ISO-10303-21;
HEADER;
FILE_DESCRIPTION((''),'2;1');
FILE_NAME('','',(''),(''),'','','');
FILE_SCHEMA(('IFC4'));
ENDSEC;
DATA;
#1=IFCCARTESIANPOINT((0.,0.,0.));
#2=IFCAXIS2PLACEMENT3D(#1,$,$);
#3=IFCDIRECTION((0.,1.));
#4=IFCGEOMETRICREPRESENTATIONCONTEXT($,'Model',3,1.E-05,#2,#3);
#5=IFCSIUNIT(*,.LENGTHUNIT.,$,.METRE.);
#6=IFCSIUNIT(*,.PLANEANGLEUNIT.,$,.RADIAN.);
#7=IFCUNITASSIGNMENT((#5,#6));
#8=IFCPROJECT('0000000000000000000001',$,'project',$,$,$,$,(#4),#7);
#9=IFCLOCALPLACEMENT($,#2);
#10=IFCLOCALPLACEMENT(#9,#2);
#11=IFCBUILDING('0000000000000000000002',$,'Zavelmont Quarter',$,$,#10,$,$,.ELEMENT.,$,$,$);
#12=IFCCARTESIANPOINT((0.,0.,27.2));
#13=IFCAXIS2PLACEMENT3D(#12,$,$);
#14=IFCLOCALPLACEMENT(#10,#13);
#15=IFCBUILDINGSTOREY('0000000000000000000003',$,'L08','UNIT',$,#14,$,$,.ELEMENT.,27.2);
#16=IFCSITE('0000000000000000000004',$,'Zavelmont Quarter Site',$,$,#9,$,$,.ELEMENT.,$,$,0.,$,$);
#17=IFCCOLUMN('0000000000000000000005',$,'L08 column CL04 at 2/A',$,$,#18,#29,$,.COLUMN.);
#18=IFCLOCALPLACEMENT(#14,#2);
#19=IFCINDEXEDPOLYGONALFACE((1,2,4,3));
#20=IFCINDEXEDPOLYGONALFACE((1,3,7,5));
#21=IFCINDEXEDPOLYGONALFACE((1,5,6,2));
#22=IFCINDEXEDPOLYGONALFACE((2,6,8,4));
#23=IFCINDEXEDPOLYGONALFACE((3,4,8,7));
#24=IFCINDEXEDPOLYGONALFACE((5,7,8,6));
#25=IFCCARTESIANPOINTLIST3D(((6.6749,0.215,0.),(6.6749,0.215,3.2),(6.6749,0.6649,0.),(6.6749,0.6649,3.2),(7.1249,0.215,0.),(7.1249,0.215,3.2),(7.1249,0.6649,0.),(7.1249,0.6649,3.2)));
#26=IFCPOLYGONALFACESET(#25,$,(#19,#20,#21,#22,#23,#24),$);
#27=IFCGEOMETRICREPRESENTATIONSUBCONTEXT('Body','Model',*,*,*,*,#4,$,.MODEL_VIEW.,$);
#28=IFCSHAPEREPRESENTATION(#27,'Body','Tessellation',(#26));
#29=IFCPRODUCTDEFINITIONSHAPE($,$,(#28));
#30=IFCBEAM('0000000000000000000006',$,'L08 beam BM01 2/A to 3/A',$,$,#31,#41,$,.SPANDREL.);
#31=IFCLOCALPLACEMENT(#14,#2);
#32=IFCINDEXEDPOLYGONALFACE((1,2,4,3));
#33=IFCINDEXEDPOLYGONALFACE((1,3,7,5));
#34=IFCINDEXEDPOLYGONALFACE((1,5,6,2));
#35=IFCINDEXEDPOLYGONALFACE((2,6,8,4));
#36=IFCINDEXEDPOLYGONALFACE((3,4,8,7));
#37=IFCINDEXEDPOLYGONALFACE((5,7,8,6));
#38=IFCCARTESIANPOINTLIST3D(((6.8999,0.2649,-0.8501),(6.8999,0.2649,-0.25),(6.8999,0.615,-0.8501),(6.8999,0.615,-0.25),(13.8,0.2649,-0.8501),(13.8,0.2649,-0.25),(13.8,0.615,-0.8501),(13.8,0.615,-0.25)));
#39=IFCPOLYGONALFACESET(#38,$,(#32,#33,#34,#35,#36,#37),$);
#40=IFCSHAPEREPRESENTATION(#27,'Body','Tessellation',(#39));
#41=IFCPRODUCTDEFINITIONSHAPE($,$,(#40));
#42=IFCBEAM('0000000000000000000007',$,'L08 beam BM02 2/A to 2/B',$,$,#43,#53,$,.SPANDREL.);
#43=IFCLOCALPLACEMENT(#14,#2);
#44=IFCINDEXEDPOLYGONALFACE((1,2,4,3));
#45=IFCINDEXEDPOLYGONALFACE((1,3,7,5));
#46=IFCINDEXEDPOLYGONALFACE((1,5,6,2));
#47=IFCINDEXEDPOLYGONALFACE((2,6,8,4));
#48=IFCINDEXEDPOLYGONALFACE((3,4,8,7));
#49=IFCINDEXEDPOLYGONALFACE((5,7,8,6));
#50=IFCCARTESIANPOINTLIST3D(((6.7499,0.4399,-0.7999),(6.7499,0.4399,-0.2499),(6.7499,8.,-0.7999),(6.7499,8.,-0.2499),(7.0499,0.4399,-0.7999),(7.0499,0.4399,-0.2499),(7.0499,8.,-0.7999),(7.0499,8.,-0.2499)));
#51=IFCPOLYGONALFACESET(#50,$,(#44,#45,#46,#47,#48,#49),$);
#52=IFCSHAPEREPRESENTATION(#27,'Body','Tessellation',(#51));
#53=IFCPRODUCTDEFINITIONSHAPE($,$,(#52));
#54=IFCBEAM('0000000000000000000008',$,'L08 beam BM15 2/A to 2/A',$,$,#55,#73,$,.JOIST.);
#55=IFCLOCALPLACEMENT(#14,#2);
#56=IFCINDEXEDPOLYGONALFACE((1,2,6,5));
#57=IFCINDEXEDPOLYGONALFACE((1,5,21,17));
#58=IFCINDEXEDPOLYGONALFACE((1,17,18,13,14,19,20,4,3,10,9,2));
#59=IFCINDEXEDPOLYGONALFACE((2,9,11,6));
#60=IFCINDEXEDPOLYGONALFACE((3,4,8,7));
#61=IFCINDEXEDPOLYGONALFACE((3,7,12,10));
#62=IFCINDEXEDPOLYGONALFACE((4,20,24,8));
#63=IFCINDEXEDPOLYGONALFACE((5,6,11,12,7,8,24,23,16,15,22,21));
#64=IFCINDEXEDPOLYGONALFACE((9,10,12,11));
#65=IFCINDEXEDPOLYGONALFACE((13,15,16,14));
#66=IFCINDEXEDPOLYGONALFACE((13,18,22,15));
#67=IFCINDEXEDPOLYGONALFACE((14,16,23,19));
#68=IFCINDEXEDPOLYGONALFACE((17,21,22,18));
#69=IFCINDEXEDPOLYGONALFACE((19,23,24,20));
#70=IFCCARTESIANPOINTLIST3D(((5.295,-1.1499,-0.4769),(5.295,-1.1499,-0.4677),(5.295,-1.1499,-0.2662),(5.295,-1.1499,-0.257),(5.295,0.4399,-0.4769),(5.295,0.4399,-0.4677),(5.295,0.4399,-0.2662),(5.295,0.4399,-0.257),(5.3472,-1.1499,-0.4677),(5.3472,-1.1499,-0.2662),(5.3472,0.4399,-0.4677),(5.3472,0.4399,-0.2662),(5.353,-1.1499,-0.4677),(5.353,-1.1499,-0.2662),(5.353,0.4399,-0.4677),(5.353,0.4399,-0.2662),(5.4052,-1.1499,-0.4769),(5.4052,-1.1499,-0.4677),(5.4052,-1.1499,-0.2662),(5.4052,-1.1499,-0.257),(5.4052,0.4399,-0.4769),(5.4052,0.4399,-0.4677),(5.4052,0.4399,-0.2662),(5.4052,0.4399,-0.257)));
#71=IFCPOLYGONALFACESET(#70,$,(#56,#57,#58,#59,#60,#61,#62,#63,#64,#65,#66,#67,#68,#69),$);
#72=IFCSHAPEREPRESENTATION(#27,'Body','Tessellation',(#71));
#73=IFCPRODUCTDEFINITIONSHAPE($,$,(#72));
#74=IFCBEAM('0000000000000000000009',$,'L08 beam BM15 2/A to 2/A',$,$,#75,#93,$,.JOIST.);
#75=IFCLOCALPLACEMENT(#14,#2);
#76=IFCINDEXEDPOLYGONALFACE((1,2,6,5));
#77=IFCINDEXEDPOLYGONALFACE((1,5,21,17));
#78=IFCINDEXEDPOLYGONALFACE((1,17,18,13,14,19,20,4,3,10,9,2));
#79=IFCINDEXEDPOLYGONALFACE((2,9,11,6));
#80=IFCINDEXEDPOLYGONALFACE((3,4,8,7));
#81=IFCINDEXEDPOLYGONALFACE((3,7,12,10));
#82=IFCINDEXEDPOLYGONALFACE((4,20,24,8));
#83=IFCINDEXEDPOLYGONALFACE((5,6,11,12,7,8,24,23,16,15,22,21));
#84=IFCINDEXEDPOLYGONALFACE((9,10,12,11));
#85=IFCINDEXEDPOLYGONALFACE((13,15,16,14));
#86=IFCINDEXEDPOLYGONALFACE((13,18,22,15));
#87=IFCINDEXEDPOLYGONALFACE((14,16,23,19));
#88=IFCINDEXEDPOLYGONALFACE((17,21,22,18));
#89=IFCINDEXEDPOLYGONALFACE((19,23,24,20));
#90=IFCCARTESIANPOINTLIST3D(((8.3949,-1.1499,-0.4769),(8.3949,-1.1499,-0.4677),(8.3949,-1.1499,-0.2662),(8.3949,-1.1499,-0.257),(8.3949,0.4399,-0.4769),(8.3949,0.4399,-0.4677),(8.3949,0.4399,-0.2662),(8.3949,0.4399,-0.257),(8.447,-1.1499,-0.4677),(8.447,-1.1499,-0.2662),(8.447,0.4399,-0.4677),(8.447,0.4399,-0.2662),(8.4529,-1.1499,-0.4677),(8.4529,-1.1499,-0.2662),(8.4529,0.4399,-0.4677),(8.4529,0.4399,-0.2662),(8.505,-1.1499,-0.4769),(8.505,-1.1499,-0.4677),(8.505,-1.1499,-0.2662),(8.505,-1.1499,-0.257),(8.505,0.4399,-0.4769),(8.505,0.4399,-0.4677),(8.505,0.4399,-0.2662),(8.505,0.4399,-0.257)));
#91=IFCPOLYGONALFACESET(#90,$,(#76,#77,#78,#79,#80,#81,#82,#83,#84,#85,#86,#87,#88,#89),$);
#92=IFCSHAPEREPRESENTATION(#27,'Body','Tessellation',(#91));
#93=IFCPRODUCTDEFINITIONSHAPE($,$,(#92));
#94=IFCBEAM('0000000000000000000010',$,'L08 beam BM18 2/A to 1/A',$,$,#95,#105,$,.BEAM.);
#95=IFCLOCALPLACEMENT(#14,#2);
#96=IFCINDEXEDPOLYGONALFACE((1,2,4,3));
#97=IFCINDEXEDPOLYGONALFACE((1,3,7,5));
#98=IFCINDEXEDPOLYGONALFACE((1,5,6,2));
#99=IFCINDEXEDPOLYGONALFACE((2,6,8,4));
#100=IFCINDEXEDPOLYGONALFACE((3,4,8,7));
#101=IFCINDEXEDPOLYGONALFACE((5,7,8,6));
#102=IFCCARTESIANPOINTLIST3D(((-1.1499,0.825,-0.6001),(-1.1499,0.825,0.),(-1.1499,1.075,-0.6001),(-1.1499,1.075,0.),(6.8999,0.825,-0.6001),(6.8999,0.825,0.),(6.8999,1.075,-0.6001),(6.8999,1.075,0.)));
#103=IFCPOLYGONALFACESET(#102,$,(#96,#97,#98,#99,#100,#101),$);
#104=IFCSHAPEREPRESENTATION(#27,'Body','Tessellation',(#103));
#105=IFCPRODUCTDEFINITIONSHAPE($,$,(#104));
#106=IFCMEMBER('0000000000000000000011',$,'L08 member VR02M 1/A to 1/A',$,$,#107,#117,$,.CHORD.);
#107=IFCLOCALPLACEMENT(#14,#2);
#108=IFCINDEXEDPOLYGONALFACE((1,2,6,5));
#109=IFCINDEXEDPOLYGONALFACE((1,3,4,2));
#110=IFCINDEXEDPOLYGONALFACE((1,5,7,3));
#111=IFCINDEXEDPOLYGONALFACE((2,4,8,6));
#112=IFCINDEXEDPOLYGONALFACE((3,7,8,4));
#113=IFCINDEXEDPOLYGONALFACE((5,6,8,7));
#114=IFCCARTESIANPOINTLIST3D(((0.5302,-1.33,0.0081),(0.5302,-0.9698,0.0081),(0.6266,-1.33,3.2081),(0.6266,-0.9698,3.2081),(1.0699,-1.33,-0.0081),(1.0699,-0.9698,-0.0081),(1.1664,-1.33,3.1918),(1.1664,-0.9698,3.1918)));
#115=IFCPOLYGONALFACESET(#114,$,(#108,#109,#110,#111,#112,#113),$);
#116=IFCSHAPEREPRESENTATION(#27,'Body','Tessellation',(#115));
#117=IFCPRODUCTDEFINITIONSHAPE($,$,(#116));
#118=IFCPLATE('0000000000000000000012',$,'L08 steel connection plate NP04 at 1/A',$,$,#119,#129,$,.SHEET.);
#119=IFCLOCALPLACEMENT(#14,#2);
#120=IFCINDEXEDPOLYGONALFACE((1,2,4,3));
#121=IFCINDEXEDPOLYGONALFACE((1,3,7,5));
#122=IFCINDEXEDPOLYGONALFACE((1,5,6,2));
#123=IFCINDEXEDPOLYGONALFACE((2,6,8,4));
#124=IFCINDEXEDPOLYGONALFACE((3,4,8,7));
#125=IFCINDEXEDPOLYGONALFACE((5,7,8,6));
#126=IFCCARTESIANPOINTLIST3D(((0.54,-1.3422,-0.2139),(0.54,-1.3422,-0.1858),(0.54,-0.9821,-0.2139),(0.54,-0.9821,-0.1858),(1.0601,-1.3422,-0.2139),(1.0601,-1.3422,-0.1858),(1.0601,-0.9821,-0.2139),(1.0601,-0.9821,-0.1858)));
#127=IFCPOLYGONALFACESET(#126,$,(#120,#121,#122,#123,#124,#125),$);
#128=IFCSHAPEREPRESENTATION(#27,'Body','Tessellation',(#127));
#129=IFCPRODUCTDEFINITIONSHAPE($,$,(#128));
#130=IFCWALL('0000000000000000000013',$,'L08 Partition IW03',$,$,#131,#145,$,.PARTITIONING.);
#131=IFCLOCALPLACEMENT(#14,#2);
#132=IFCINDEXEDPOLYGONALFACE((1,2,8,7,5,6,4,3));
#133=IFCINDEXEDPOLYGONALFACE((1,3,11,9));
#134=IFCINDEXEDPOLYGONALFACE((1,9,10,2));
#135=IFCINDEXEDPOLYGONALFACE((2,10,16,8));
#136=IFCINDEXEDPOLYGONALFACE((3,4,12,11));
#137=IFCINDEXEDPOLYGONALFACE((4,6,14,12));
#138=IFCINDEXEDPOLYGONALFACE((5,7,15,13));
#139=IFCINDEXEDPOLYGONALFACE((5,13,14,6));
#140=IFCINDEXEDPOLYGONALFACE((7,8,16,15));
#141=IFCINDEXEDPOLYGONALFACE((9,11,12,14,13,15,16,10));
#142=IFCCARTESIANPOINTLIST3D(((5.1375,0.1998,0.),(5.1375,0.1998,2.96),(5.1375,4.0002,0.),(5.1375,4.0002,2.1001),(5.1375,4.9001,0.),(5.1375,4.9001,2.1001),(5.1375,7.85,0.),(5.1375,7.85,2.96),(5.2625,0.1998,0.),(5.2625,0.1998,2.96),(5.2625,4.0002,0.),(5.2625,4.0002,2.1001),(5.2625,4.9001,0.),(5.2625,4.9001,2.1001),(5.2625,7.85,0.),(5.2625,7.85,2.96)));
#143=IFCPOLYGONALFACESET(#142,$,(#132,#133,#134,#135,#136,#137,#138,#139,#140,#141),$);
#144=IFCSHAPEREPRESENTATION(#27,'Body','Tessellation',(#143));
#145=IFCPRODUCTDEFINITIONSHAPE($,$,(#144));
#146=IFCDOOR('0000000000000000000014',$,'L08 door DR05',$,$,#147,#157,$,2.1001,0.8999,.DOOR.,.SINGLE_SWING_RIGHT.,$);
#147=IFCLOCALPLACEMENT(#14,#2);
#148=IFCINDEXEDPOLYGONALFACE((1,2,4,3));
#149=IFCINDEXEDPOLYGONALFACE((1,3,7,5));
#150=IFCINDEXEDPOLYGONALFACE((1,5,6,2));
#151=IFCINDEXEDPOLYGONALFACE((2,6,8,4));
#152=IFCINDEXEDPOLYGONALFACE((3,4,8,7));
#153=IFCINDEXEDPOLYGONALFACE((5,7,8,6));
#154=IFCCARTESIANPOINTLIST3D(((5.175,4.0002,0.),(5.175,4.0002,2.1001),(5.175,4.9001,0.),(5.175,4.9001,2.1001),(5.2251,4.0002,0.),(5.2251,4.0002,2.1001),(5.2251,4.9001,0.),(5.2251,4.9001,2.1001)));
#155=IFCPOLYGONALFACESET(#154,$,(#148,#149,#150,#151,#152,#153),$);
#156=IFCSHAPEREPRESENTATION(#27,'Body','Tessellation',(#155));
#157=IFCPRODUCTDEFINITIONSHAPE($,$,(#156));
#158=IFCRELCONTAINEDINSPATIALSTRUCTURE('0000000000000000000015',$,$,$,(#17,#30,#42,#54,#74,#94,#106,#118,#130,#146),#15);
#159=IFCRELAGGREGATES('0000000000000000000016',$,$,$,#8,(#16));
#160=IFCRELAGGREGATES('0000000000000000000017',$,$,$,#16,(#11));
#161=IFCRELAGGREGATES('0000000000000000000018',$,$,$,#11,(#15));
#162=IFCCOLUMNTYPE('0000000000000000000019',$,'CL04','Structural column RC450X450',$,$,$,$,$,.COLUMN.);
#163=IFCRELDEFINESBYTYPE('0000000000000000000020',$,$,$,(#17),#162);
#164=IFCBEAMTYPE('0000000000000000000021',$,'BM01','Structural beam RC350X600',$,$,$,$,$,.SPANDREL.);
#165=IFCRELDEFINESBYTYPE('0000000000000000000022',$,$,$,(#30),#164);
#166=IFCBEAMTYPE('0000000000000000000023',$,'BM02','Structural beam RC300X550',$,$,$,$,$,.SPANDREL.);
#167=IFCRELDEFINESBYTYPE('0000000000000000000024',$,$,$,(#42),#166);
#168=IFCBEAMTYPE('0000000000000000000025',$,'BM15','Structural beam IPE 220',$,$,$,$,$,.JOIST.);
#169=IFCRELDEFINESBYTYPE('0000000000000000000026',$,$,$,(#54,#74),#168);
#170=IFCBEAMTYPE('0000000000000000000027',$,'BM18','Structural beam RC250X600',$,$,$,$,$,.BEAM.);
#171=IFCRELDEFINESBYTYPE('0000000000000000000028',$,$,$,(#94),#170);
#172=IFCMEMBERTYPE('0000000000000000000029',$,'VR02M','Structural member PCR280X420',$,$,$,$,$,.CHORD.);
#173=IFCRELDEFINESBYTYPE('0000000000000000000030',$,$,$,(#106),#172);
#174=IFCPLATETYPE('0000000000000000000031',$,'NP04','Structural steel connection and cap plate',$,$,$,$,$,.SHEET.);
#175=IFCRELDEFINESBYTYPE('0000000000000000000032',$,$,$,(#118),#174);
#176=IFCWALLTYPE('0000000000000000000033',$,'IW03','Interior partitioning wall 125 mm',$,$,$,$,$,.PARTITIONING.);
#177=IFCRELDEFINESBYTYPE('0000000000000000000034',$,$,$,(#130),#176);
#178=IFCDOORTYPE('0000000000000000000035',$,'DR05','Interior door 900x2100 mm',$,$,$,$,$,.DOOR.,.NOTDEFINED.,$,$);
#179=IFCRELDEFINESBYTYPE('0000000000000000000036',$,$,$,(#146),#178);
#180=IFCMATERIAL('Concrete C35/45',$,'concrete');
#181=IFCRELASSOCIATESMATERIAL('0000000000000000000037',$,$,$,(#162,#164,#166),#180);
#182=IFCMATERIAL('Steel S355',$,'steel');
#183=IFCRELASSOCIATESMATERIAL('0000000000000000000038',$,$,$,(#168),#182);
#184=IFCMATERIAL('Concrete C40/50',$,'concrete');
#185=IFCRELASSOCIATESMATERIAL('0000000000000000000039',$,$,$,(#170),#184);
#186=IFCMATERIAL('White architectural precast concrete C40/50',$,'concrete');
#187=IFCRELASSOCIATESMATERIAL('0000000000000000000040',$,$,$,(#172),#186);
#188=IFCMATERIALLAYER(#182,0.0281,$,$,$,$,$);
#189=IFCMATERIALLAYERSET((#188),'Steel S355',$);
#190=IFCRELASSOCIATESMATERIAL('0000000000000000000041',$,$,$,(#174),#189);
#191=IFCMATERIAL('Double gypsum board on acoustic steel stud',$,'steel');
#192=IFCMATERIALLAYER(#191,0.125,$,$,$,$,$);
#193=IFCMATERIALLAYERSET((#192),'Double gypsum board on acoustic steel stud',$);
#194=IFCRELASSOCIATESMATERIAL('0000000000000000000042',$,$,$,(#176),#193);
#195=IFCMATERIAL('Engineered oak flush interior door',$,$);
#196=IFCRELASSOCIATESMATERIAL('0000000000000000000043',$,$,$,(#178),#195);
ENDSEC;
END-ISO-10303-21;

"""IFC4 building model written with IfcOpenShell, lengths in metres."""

from ifc_helpers import new_model, si_unit, direction, frame, frame_2d, origin, origin_2d, place, context, subcontext, project, spatial, rectangle, i_section, extrude, material, layer, layer_set, material_profile, profile_set, type_object, element, fill, save


model = new_model("IFC4")

# Units and contexts
model_context = context("Model", 3, precision=1e-05, world=origin(), true_north=direction((0.0, 1.0)))
body_context = subcontext(model_context, "Body", "Model", "MODEL_VIEW")
ifc_project = project(units=[si_unit("LENGTHUNIT", "METRE"), si_unit("PLANEANGLEUNIT", "RADIAN")], contexts=[model_context])

# Site, building, storey
site_placement = place(None, origin())
site = spatial("IfcSite", under=ifc_project, at=site_placement, Name="Zavelmont Quarter Site", CompositionType="ELEMENT", RefElevation=0.0)
building_placement = place(site_placement, origin())
building = spatial("IfcBuilding", under=site, at=building_placement, Name="Zavelmont Quarter", CompositionType="ELEMENT")
storey_placement = place(building_placement, frame((0.0, 0.0, 27.2)))
storey = spatial("IfcBuildingStorey", under=building, at=storey_placement, Name="L08", Description="UNIT", CompositionType="ELEMENT", Elevation=27.2)

# Column
ifc_material_1 = material(Name="Concrete C35/45", Category="concrete")
ifc_material_profile_1 = material_profile(ifc_material_1, rectangle(XDim=0.45, YDim=0.45, at=origin_2d()), Name="RC450X450")
ifc_profile_set_1 = profile_set([ifc_material_profile_1], Name="Concrete C35/45")
column_type = type_object("IfcColumnType", Name="CL04", Description="Structural column RC450X450", PredefinedType="COLUMN", material=ifc_profile_set_1)
column_placement = place(storey_placement, frame((6.8999, 0.4399, 0.0), z_axis=(0.0, 0.0, 1.0), x_axis=(1.0, 0.0, 0.0)))
element("IfcColumn", 1, at=column_placement, inside=storey, type_object=column_type, Name="L08 column CL04 at 2/A", PredefinedType="COLUMN", context=body_context, shape_type="SweptSolid", body=[
    extrude(rectangle(XDim=0.45, YDim=0.45, at=origin_2d()), origin(), (0.0, 0.0, 1.0), 3.2),
])

# Beams
ifc_material_profile_2 = material_profile(ifc_material_1, rectangle(XDim=0.3501, YDim=0.6001, at=origin_2d()), Name="RC350X600")
ifc_profile_set_2 = profile_set([ifc_material_profile_2], Name="Concrete C35/45")
beam_type_1 = type_object("IfcBeamType", Name="BM01", Description="Structural beam RC350X600", PredefinedType="SPANDREL", material=ifc_profile_set_2)
beam_1_placement = place(storey_placement, frame((6.8999, 0.4399, -0.55), z_axis=(1.0, 0.0, 0.0), x_axis=(0.0, 1.0, 0.0)))
element("IfcBeam", 2, at=beam_1_placement, inside=storey, type_object=beam_type_1, Name="L08 beam BM01 2/A to 3/A", PredefinedType="SPANDREL", context=body_context, shape_type="SweptSolid", body=[
    extrude(rectangle(XDim=0.3501, YDim=0.6001, at=origin_2d()), origin(), (0.0, 0.0, 1.0), 6.9001),
])
ifc_material_profile_3 = material_profile(ifc_material_1, rectangle(XDim=0.3, YDim=0.55, at=origin_2d()), Name="RC300X550")
ifc_profile_set_3 = profile_set([ifc_material_profile_3], Name="Concrete C35/45")
beam_type_2 = type_object("IfcBeamType", Name="BM02", Description="Structural beam RC300X550", PredefinedType="SPANDREL", material=ifc_profile_set_3)
beam_2_placement = place(storey_placement, frame((6.8999, 0.4399, -0.5249), z_axis=(0.0, 1.0, 0.0), x_axis=(-1.0, 0.0, 0.0)))
element("IfcBeam", 3, at=beam_2_placement, inside=storey, type_object=beam_type_2, Name="L08 beam BM02 2/A to 2/B", PredefinedType="SPANDREL", context=body_context, shape_type="SweptSolid", body=[
    extrude(rectangle(XDim=0.3, YDim=0.55, at=origin_2d()), origin(), (0.0, 0.0, 1.0), 7.5601),
])
ifc_material_2 = material(Name="Steel S355", Category="steel")
ifc_material_profile_4 = material_profile(ifc_material_2, i_section(OverallWidth=0.1101, OverallDepth=0.22, WebThickness=0.0059, FlangeThickness=0.0093, at=origin_2d()), Name="IPE 220")
ifc_profile_set_4 = profile_set([ifc_material_profile_4], Name="Steel S355")
beam_type_3 = type_object("IfcBeamType", Name="BM15", Description="Structural beam IPE 220", PredefinedType="JOIST", material=ifc_profile_set_4)
for number, where, z_axis, x_axis, name in (
    (4, (5.3501, 0.4399, -0.3669), (0.0, -1.0, 0.0), (1.0, 0.0, 0.0), "L08 beam BM15 2/A to 2/A"),
    (5, (8.45, 0.4399, -0.3669), (0.0, -1.0, 0.0), (1.0, 0.0, 0.0), "L08 beam BM15 2/A to 2/A"),
):
    element("IfcBeam", number, at=place(storey_placement, frame(where, z_axis=z_axis, x_axis=x_axis)), inside=storey, type_object=beam_type_3, Name=name, PredefinedType="JOIST", context=body_context, shape_type="SweptSolid", body=[
        extrude(i_section(OverallWidth=0.1101, OverallDepth=0.22, WebThickness=0.0059, FlangeThickness=0.0093, at=origin_2d()), origin(), (0.0, 0.0, 1.0), 1.5898),
    ])
ifc_material_3 = material(Name="Concrete C40/50", Category="concrete")
ifc_material_profile_5 = material_profile(ifc_material_3, rectangle(XDim=0.25, YDim=0.6001, at=origin_2d()), Name="RC250X600")
ifc_profile_set_5 = profile_set([ifc_material_profile_5], Name="Concrete C40/50")
beam_type_4 = type_object("IfcBeamType", Name="BM18", Description="Structural beam RC250X600", PredefinedType="BEAM", material=ifc_profile_set_5)
beam_3_placement = place(storey_placement, frame((6.8999, 0.95, -0.3), z_axis=(-1.0, 0.0, 0.0), x_axis=(0.0, -1.0, 0.0)))
element("IfcBeam", 6, at=beam_3_placement, inside=storey, type_object=beam_type_4, Name="L08 beam BM18 2/A to 1/A", PredefinedType="BEAM", context=body_context, shape_type="SweptSolid", body=[
    extrude(rectangle(XDim=0.25, YDim=0.6001, at=origin_2d()), origin(), (0.0, 0.0, 1.0), 8.0498),
])

# Member
ifc_material_4 = material(Name="White architectural precast concrete C40/50", Category="concrete")
ifc_material_profile_6 = material_profile(ifc_material_4, rectangle(XDim=0.3601, YDim=0.54, at=origin_2d()), Name="PCR280X420")
ifc_profile_set_6 = profile_set([ifc_material_profile_6], Name="White architectural precast concrete C40/50")
member_type = type_object("IfcMemberType", Name="VR02M", Description="Structural member PCR280X420", PredefinedType="CHORD", material=ifc_profile_set_6)
member_placement = place(storey_placement, frame((0.8, -1.1499, 0.0), z_axis=(0.030123, 0.0, 0.999546), x_axis=(0.0, 1.0, 0.0)))
element("IfcMember", 7, at=member_placement, inside=storey, type_object=member_type, Name="L08 member VR02M 1/A to 1/A", PredefinedType="CHORD", context=body_context, shape_type="SweptSolid", body=[
    extrude(rectangle(XDim=0.3601, YDim=0.54, at=origin_2d()), origin(), (0.0, 0.0, 1.0), 3.2014),
])

# Plate
ifc_layer_1 = layer(ifc_material_2, 0.0281)
ifc_layer_set_1 = layer_set([ifc_layer_1], Name="Steel S355")
plate_type = type_object("IfcPlateType", Name="NP04", Description="Structural steel connection and cap plate", PredefinedType="SHEET", material=ifc_layer_set_1)
plate_placement = place(storey_placement, frame((0.8, -1.1621, -0.2139), z_axis=(0.0, 0.0, 1.0), x_axis=(1.0, 0.0, 0.0)))
element("IfcPlate", 8, at=plate_placement, inside=storey, type_object=plate_type, Name="L08 steel connection plate NP04 at 1/A", PredefinedType="SHEET", context=body_context, shape_type="SweptSolid", body=[
    extrude(rectangle(XDim=0.52, YDim=0.3601, at=origin_2d()), origin(), (0.0, 0.0, 1.0), 0.0281),
])

# Wall, opening, door
ifc_material_5 = material(Name="Double gypsum board on acoustic steel stud", Category="steel")
ifc_layer_2 = layer(ifc_material_5, 0.125)
ifc_layer_set_2 = layer_set([ifc_layer_2], Name="Double gypsum board on acoustic steel stud")
wall_type_1 = type_object("IfcWallType", Name="IW03", Description="Interior partitioning wall 125 mm", PredefinedType="PARTITIONING", material=ifc_layer_set_2)
wall_1_placement = place(storey_placement, frame((5.2, 7.8501, 0.0), z_axis=(0.0, 0.0, 1.0), x_axis=(0.0, -1.0, 0.0)))
wall_1 = element("IfcWall", 9, at=wall_1_placement, inside=storey, type_object=wall_type_1, Name="L08 Partition IW03", PredefinedType="PARTITIONING", context=body_context, shape_type="SweptSolid", body=[
    extrude(rectangle(XDim=7.6501, YDim=0.125, at=frame_2d((3.8252, 0.0))), origin(), (0.0, 0.0, 1.0), 2.96),
])
opening_1_placement = place(wall_1_placement, frame((2.95, 0.0, 0.0)))
opening_1 = element("IfcOpeningElement", 10, at=opening_1_placement, cuts=wall_1, PredefinedType="OPENING", context=body_context, shape_type="SweptSolid", body=[
    extrude(rectangle(XDim=0.8999, YDim=2.1001, at=frame_2d((0.45, 1.05))), frame((0.0, 0.0745, 0.0), z_axis=(0.0, -1.0, 0.0), x_axis=(1.0, 0.0, 0.0)), (0.0, 0.0, 1.0), 0.1489),
])
ifc_material_6 = material(Name="Engineered oak flush interior door")
door_type_1 = type_object("IfcDoorType", Name="DR05", Description="Interior door 900x2100 mm", OperationType="NOTDEFINED", PredefinedType="DOOR", material=ifc_material_6)
door_1_placement = place(opening_1_placement, frame((0.8999, 0.0, 0.0), z_axis=(0.0, 0.0, 1.0), x_axis=(-1.0, 0.0, 0.0)))
door_1 = element("IfcDoor", 11, at=door_1_placement, inside=storey, type_object=door_type_1, Name="L08 door DR05", OperationType="SINGLE_SWING_RIGHT", OverallHeight=2.1001, OverallWidth=0.8999, PredefinedType="DOOR", context=body_context, shape_type="SweptSolid", body=[
    extrude(rectangle(XDim=0.8999, YDim=2.1001, at=frame_2d((0.45, 1.05))), frame((0.0, 0.0249, 0.0), z_axis=(0.0, -1.0, 0.0), x_axis=(1.0, 0.0, 0.0)), (0.0, 0.0, 1.0), 0.05),
])
fill(opening_1, door_1)

save(model, "model.ifc")
